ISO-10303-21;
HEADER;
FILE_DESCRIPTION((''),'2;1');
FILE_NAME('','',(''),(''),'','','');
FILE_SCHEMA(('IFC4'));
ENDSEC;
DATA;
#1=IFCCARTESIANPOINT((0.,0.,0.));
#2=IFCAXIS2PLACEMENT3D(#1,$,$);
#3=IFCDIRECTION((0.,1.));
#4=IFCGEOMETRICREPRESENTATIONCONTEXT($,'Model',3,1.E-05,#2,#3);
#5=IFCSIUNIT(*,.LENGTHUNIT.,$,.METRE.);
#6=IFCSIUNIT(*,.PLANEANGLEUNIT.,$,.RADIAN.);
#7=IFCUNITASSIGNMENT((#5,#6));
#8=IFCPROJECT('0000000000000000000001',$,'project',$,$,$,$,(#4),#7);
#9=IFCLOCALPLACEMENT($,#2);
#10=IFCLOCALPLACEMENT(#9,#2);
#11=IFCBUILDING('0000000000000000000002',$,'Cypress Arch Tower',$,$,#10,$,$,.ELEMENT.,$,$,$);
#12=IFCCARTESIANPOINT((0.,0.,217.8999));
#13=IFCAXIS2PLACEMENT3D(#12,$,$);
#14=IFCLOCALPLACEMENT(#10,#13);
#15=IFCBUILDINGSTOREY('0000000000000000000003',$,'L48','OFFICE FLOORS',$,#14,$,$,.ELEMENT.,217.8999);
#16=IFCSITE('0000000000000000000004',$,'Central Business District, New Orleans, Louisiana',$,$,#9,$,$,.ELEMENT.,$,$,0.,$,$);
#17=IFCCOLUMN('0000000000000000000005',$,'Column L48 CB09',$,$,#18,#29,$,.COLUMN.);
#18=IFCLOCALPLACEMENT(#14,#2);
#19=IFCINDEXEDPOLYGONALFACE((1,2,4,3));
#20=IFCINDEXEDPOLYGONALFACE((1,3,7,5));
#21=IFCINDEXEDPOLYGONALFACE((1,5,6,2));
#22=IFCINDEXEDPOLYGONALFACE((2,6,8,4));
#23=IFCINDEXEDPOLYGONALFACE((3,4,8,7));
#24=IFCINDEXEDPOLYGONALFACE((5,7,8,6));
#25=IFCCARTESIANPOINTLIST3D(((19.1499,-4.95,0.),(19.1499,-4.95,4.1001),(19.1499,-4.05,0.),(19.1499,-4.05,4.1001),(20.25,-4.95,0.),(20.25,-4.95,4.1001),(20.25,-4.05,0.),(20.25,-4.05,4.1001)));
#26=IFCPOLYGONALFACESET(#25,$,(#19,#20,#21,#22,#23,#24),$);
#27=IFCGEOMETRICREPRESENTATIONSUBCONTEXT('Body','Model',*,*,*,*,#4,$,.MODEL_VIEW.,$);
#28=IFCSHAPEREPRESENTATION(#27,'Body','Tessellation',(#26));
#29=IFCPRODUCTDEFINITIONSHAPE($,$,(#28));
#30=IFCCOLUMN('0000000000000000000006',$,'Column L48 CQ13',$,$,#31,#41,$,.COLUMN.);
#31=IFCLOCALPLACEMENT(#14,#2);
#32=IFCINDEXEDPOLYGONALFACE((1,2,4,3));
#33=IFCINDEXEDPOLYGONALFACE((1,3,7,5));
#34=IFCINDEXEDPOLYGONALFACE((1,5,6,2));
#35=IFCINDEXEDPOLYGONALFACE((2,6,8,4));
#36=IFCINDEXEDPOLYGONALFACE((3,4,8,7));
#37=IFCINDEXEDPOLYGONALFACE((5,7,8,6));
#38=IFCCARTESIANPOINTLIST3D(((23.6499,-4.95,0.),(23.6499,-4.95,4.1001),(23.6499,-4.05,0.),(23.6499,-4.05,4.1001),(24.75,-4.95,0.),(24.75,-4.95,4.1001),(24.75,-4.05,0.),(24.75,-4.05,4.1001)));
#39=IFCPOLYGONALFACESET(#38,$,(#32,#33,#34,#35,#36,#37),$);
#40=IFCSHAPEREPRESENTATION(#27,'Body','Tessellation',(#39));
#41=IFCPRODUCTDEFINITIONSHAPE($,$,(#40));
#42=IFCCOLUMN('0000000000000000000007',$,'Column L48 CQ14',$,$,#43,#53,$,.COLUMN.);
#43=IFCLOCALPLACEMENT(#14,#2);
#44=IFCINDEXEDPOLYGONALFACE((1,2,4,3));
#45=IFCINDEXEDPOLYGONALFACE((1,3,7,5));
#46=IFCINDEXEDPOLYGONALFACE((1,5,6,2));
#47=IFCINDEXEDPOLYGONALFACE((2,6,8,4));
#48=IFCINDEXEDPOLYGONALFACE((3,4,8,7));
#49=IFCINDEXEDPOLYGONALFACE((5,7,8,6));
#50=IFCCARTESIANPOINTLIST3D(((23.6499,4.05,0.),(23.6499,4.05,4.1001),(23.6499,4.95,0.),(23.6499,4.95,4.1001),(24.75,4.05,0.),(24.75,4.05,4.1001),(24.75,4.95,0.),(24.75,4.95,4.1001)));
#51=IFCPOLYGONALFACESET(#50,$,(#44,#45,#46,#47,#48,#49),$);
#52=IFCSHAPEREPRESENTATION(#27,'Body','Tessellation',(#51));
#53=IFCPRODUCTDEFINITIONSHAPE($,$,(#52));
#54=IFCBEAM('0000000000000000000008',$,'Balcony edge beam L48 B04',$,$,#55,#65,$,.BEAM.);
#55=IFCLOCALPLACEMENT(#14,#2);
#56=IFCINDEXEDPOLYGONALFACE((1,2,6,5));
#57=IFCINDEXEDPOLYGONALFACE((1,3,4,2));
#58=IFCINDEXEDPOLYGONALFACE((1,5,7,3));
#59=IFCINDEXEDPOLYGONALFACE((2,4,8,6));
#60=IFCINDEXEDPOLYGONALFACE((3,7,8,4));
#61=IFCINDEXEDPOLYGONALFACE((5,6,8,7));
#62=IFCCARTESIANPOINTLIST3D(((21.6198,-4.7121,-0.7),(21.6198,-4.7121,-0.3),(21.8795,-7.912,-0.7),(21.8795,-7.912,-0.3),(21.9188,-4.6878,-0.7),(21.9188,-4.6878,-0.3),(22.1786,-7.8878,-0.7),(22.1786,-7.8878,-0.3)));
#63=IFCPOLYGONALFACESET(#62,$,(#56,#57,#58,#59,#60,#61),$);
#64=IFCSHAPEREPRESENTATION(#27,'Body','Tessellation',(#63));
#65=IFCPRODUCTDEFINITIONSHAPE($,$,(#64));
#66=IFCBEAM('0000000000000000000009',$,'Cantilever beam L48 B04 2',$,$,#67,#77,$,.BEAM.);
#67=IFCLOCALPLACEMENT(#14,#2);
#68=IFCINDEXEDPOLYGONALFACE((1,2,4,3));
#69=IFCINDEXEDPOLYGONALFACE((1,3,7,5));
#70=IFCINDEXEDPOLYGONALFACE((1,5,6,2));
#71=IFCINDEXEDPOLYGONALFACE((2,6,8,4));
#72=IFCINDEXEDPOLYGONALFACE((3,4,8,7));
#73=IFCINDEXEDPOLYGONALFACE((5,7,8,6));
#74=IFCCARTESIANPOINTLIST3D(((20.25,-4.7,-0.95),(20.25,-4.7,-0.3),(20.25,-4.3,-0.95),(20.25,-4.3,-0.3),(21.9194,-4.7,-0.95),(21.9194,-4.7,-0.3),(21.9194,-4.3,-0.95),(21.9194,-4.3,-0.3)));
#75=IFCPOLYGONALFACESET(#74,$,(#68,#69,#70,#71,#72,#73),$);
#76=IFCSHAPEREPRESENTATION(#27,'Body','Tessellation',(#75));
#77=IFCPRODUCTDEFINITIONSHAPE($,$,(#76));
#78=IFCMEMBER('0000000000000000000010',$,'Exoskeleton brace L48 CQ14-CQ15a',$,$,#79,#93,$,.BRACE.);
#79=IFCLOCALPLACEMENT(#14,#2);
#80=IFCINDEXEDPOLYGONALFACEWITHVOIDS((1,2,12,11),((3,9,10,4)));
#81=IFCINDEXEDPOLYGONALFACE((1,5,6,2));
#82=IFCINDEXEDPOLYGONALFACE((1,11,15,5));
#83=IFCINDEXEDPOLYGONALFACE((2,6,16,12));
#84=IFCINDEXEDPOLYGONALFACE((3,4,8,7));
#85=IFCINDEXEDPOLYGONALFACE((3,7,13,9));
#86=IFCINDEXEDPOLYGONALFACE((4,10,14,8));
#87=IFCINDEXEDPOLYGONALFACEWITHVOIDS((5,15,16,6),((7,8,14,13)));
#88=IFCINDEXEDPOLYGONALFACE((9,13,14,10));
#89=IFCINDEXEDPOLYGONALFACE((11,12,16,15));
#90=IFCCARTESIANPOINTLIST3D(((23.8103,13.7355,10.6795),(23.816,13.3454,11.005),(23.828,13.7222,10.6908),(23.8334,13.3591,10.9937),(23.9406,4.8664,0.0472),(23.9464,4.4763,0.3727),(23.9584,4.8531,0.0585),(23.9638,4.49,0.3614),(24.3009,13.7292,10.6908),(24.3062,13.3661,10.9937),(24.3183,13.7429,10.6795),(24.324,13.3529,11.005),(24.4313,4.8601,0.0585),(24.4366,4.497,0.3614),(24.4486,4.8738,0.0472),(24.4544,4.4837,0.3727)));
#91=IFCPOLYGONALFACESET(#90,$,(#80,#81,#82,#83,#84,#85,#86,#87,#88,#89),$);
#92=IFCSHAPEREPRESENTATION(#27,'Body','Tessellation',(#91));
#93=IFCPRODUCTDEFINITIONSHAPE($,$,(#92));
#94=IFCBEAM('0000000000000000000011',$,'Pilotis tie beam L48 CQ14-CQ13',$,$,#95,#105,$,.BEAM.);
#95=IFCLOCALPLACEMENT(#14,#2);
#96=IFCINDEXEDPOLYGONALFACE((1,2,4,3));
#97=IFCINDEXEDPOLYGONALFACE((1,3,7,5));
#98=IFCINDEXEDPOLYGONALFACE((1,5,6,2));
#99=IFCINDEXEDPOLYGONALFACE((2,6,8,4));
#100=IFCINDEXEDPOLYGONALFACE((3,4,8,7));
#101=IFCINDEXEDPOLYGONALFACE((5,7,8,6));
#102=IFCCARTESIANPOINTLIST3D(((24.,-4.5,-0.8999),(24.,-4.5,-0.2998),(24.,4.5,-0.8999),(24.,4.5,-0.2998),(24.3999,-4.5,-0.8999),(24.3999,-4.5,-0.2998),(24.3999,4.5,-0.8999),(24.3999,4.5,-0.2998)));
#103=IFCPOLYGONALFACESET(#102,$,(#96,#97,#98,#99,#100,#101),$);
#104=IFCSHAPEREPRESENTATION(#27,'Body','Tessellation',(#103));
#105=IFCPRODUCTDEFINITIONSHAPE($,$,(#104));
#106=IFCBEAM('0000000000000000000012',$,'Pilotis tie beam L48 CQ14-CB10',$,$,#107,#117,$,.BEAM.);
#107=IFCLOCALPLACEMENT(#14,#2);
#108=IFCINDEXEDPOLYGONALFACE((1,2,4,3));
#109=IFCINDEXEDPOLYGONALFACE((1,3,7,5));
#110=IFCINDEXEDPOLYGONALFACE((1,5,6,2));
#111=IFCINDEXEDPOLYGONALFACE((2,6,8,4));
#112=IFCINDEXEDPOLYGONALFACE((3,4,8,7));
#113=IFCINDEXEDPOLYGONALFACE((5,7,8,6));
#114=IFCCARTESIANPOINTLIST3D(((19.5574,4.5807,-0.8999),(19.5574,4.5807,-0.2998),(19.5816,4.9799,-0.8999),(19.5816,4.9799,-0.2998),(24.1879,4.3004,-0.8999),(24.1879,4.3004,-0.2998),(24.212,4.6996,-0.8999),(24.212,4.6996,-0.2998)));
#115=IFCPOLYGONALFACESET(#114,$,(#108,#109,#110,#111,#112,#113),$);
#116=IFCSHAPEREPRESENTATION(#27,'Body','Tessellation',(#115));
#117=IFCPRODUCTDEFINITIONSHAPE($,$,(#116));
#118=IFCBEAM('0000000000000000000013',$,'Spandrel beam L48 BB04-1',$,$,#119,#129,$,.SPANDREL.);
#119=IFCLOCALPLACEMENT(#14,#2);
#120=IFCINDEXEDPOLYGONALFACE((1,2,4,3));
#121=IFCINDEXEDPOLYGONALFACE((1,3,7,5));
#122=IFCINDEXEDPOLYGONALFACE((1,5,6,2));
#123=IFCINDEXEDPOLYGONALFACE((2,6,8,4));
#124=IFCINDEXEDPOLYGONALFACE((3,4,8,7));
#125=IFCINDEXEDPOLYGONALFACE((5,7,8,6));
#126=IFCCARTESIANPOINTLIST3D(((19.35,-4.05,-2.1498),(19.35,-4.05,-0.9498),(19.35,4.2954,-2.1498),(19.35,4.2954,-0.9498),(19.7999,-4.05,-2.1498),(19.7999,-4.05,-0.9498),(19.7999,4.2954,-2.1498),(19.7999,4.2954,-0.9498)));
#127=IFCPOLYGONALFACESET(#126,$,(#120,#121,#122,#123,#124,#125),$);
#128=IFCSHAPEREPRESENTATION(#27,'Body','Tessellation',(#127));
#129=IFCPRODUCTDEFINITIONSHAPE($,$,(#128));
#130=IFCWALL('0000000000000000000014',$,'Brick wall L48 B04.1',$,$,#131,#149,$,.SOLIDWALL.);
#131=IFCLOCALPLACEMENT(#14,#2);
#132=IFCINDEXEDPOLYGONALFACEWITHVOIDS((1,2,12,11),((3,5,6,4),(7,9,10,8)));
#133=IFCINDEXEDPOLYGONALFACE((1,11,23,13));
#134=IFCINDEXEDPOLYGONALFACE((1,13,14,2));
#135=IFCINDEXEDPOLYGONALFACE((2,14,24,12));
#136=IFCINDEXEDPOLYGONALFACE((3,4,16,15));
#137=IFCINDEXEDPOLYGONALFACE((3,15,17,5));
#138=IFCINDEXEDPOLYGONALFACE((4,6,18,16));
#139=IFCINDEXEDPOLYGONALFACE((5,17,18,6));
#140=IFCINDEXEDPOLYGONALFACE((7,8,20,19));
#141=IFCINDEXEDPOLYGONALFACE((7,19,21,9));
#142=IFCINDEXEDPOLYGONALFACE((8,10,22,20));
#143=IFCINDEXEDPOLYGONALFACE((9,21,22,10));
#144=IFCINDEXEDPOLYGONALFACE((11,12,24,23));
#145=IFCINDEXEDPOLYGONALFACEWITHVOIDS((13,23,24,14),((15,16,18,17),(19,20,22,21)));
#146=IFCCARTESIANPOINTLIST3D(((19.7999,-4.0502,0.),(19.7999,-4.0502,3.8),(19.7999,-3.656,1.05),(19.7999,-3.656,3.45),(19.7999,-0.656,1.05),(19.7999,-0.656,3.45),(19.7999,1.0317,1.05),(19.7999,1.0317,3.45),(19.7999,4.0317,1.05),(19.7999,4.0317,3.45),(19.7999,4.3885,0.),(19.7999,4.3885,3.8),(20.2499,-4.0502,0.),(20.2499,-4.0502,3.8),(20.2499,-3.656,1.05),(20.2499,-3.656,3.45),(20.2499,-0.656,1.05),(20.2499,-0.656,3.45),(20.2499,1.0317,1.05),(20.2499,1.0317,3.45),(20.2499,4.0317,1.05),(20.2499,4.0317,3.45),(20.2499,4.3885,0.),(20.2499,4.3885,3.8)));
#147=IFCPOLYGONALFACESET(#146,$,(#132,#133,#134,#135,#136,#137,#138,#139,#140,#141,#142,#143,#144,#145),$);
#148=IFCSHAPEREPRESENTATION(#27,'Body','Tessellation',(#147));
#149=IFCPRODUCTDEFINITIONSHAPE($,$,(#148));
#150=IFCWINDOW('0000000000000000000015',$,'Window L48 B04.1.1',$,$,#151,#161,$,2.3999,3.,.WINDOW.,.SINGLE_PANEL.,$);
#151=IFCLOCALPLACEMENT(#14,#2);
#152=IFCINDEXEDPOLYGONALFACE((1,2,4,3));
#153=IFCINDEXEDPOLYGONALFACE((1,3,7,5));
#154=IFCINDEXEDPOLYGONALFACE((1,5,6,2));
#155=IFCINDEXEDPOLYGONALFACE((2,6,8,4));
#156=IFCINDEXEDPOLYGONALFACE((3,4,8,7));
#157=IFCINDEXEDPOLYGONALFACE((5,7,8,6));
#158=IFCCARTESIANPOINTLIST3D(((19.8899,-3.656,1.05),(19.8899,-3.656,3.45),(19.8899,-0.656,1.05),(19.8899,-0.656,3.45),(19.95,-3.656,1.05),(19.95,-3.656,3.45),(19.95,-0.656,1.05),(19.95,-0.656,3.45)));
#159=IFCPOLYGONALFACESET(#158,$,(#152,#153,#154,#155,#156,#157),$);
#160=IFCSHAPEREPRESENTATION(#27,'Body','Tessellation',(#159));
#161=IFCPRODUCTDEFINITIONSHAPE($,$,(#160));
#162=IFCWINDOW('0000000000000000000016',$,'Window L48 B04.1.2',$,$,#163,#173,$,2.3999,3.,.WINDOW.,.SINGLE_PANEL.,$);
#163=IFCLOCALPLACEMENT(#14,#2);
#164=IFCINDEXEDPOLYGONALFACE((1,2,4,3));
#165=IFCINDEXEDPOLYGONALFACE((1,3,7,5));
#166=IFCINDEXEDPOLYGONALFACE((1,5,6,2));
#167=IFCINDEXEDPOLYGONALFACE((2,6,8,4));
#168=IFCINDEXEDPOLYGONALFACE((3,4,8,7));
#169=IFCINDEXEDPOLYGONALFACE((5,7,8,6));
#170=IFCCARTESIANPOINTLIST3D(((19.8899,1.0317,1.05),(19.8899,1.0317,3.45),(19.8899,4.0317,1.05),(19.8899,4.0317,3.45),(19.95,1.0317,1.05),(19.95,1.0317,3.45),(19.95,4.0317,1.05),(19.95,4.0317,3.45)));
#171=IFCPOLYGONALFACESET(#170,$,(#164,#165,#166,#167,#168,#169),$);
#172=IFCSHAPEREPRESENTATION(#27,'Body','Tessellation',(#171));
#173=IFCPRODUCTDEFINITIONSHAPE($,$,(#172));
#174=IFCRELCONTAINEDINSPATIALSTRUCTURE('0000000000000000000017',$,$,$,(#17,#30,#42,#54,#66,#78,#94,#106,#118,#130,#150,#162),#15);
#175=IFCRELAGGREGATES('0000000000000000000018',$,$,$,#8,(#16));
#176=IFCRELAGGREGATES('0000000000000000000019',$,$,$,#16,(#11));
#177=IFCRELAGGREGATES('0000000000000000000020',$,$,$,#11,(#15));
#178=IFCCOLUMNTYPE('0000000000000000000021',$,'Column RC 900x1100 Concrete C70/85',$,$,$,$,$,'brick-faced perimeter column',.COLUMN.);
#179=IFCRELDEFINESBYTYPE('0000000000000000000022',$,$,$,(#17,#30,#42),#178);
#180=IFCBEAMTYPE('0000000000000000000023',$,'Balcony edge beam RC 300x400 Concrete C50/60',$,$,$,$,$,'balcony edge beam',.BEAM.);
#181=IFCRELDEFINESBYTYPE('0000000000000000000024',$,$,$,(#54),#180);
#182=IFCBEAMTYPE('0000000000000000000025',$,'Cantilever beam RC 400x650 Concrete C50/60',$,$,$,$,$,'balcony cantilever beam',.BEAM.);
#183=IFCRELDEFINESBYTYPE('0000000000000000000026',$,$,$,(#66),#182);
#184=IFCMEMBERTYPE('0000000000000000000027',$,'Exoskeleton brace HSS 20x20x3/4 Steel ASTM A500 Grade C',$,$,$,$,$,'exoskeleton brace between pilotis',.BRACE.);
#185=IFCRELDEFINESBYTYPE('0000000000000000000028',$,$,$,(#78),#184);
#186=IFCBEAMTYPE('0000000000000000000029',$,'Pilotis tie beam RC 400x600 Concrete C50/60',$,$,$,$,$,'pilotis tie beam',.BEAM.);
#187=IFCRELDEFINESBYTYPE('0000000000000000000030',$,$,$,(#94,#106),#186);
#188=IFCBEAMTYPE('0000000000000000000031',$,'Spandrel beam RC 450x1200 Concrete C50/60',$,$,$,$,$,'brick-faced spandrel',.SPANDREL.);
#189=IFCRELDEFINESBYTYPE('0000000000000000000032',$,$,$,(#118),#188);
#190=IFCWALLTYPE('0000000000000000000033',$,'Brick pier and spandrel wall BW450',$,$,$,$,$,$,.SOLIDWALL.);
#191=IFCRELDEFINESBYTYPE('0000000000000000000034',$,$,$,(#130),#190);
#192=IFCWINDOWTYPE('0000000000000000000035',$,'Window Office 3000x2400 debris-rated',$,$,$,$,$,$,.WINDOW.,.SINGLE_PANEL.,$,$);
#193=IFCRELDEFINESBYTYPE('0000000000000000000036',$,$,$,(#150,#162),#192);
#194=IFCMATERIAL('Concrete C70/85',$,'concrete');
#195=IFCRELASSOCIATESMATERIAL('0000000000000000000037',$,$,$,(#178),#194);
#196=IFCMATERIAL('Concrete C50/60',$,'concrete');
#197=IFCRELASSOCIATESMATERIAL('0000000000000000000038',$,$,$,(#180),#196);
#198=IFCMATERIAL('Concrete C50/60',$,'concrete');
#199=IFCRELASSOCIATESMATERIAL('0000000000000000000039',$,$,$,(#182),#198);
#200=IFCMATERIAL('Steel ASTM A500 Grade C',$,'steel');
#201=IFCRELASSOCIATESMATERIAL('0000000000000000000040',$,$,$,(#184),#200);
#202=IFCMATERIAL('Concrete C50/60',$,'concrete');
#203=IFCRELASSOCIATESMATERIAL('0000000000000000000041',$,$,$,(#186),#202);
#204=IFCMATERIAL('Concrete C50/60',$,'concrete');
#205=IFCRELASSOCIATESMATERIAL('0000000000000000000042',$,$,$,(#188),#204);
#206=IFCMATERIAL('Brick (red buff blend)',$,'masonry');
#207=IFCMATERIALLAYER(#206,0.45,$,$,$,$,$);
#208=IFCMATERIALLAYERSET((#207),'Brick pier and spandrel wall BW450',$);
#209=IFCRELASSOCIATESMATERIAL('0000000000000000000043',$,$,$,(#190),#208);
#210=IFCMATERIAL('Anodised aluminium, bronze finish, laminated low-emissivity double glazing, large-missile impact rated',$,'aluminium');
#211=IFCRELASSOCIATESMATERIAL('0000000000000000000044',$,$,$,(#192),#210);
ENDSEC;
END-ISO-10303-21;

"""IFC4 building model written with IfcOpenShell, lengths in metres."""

from ifc_helpers import new_model, si_unit, direction, frame, frame_2d, origin, origin_2d, place, context, subcontext, project, spatial, rectangle, hollow_rectangle, extrude, material, layer, layer_set, material_profile, profile_set, type_object, element, fill, save


model = new_model("IFC4")

# Units and contexts
model_context = context("Model", 3, precision=1e-05, world=origin(), true_north=direction((0.0, 1.0)))
body_context = subcontext(model_context, "Body", "Model", "MODEL_VIEW")
ifc_project = project(units=[si_unit("LENGTHUNIT", "METRE"), si_unit("PLANEANGLEUNIT", "RADIAN")], contexts=[model_context])

# Site, building, storey
site_placement = place(None, origin())
site = spatial("IfcSite", under=ifc_project, at=site_placement, Name="Central Business District, New Orleans, Louisiana", CompositionType="ELEMENT", RefElevation=0.0)
building_placement = place(site_placement, origin())
building = spatial("IfcBuilding", under=site, at=building_placement, Name="Cypress Arch Tower", CompositionType="ELEMENT")
storey_placement = place(building_placement, frame((0.0, 0.0, 217.8999)))
storey = spatial("IfcBuildingStorey", under=building, at=storey_placement, Name="L48", Description="OFFICE FLOORS", CompositionType="ELEMENT", Elevation=217.8999)

# Columns
ifc_material_1 = material(Name="Concrete C70/85", Category="concrete")
ifc_material_profile_1 = material_profile(ifc_material_1, rectangle(XDim=0.8999, YDim=1.1001, at=origin_2d()), Name="RC 900x1100")
ifc_profile_set_1 = profile_set([ifc_material_profile_1], Name="Concrete C70/85")
column_type = type_object("IfcColumnType", Name="Column RC 900x1100 Concrete C70/85", ElementType="brick-faced perimeter column", PredefinedType="COLUMN", material=ifc_profile_set_1)
for number, where, z_axis, x_axis, name in (
    (1, (19.7, -4.5, 0.0), (0.0, 0.0, 1.0), (0.0, 1.0, 0.0), "Column L48 CB09"),
    (2, (24.2, -4.5, 0.0), (0.0, 0.0, 1.0), (0.0, 1.0, 0.0), "Column L48 CQ13"),
    (3, (24.2, 4.5, 0.0), (0.0, 0.0, 1.0), (0.0, 1.0, 0.0), "Column L48 CQ14"),
):
    element("IfcColumn", number, at=place(storey_placement, frame(where, z_axis=z_axis, x_axis=x_axis)), inside=storey, type_object=column_type, Name=name, PredefinedType="COLUMN", context=body_context, shape_type="SweptSolid", body=[
        extrude(rectangle(XDim=0.8999, YDim=1.1001, at=origin_2d()), origin(), (0.0, 0.0, 1.0), 4.1001),
    ])

# Beams
ifc_material_2 = material(Name="Concrete C50/60", Category="concrete")
ifc_material_profile_2 = material_profile(ifc_material_2, rectangle(XDim=0.3, YDim=0.3999, at=origin_2d()), Name="RC 300x400")
ifc_profile_set_2 = profile_set([ifc_material_profile_2], Name="Concrete C50/60")
beam_type_1 = type_object("IfcBeamType", Name="Balcony edge beam RC 300x400 Concrete C50/60", ElementType="balcony edge beam", PredefinedType="BEAM", material=ifc_profile_set_2)
beam_1_placement = place(storey_placement, frame((22.0291, -7.8999, -0.5), z_axis=(-0.080912, 0.996721, 0.0), x_axis=(-0.996721, -0.080912, 0.0)))
element("IfcBeam", 4, at=beam_1_placement, inside=storey, type_object=beam_type_1, Name="Balcony edge beam L48 B04", PredefinedType="BEAM", context=body_context, shape_type="SweptSolid", body=[
    extrude(rectangle(XDim=0.3, YDim=0.3999, at=origin_2d()), origin(), (0.0, 0.0, 1.0), 3.2104),
])
ifc_material_3 = material(Name="Concrete C50/60", Category="concrete")
ifc_material_profile_3 = material_profile(ifc_material_3, rectangle(XDim=0.3999, YDim=0.6499, at=origin_2d()), Name="RC 400x650")
ifc_profile_set_3 = profile_set([ifc_material_profile_3], Name="Concrete C50/60")
beam_type_2 = type_object("IfcBeamType", Name="Cantilever beam RC 400x650 Concrete C50/60", ElementType="balcony cantilever beam", PredefinedType="BEAM", material=ifc_profile_set_3)
beam_2_placement = place(storey_placement, frame((20.25, -4.5, -0.625), z_axis=(1.0, 0.0, 0.0), x_axis=(0.0, 1.0, 0.0)))
element("IfcBeam", 5, at=beam_2_placement, inside=storey, type_object=beam_type_2, Name="Cantilever beam L48 B04 2", PredefinedType="BEAM", context=body_context, shape_type="SweptSolid", body=[
    extrude(rectangle(XDim=0.3999, YDim=0.6499, at=origin_2d()), origin(), (0.0, 0.0, 1.0), 1.6694),
])

# Member
ifc_material_4 = material(Name="Steel ASTM A500 Grade C", Category="steel")
ifc_material_profile_4 = material_profile(ifc_material_4, hollow_rectangle(XDim=0.5081, YDim=0.5081, WallThickness=0.0176, at=origin_2d()), Name="HSS 20x20x3/4")
ifc_profile_set_4 = profile_set([ifc_material_profile_4], Name="Steel ASTM A500 Grade C")
member_type = type_object("IfcMemberType", Name="Exoskeleton brace HSS 20x20x3/4 Steel ASTM A500 Grade C", ElementType="exoskeleton brace between pilotis", PredefinedType="BRACE", material=ifc_profile_set_4)
member_placement = place(storey_placement, frame((24.1975, 4.675, 0.21), z_axis=(-0.009415, 0.640534, 0.767872), x_axis=(-0.999892, -0.014698, 0.0)))
element("IfcMember", 6, at=member_placement, inside=storey, type_object=member_type, Name="Exoskeleton brace L48 CQ14-CQ15a", PredefinedType="BRACE", context=body_context, shape_type="SweptSolid", body=[
    extrude(hollow_rectangle(XDim=0.5081, YDim=0.5081, WallThickness=0.0176, at=origin_2d()), origin(), (0.0, 0.0, 1.0), 13.8464),
])

# Beams
ifc_material_5 = material(Name="Concrete C50/60", Category="concrete")
ifc_material_profile_5 = material_profile(ifc_material_5, rectangle(XDim=0.3999, YDim=0.6001, at=origin_2d()), Name="RC 400x600")
ifc_profile_set_5 = profile_set([ifc_material_profile_5], Name="Concrete C50/60")
beam_type_3 = type_object("IfcBeamType", Name="Pilotis tie beam RC 400x600 Concrete C50/60", ElementType="pilotis tie beam", PredefinedType="BEAM", material=ifc_profile_set_5)
beam_3_placement = place(storey_placement, frame((24.2, 4.5, -0.5999), z_axis=(0.0, -1.0, 0.0), x_axis=(1.0, 0.0, 0.0)))
element("IfcBeam", 7, at=beam_3_placement, inside=storey, type_object=beam_type_3, Name="Pilotis tie beam L48 CQ14-CQ13", PredefinedType="BEAM", context=body_context, shape_type="SweptSolid", body=[
    extrude(rectangle(XDim=0.3999, YDim=0.6001, at=origin_2d()), origin(), (0.0, 0.0, 1.0), 9.0),
])
beam_4_placement = place(storey_placement, frame((24.2, 4.5, -0.5999), z_axis=(-0.998173, 0.060419, 0.0), x_axis=(-0.060419, -0.998173, 0.0)))
element("IfcBeam", 8, at=beam_4_placement, inside=storey, type_object=beam_type_3, Name="Pilotis tie beam L48 CQ14-CB10", PredefinedType="BEAM", context=body_context, shape_type="SweptSolid", body=[
    extrude(rectangle(XDim=0.3999, YDim=0.6001, at=origin_2d()), origin(), (0.0, 0.0, 1.0), 4.6389),
])
ifc_material_6 = material(Name="Concrete C50/60", Category="concrete")
ifc_material_profile_6 = material_profile(ifc_material_6, rectangle(XDim=0.45, YDim=1.2, at=origin_2d()), Name="RC 450x1200")
ifc_profile_set_6 = profile_set([ifc_material_profile_6], Name="Concrete C50/60")
beam_type_4 = type_object("IfcBeamType", Name="Spandrel beam RC 450x1200 Concrete C50/60", ElementType="brick-faced spandrel", PredefinedType="SPANDREL", material=ifc_profile_set_6)
beam_5_placement = place(storey_placement, frame((19.575, -4.05, -1.5498), z_axis=(0.0, 1.0, 0.0), x_axis=(-1.0, 0.0, 0.0)))
element("IfcBeam", 9, at=beam_5_placement, inside=storey, type_object=beam_type_4, Name="Spandrel beam L48 BB04-1", PredefinedType="SPANDREL", context=body_context, shape_type="SweptSolid", body=[
    extrude(rectangle(XDim=0.45, YDim=1.2, at=origin_2d()), origin(), (0.0, 0.0, 1.0), 8.3455),
])

# Wall, openings, windows
ifc_material_7 = material(Name="Brick (red buff blend)", Category="masonry")
ifc_layer_1 = layer(ifc_material_7, 0.45)
ifc_layer_set_1 = layer_set([ifc_layer_1], Name="Brick pier and spandrel wall BW450")
wall_type_1 = type_object("IfcWallType", Name="Brick pier and spandrel wall BW450", PredefinedType="SOLIDWALL", material=ifc_layer_set_1)
wall_1_placement = place(storey_placement, frame((20.0249, -4.05, 0.0), z_axis=(0.0, 0.0, 1.0), x_axis=(0.0, 1.0, 0.0)))
wall_1 = element("IfcWall", 10, at=wall_1_placement, inside=storey, type_object=wall_type_1, Name="Brick wall L48 B04.1", PredefinedType="SOLIDWALL", context=body_context, shape_type="SweptSolid", body=[
    extrude(rectangle(XDim=8.4387, YDim=0.45, at=frame_2d((4.2192, 0.0))), origin(), (0.0, 0.0, 1.0), 3.8),
])
opening_1_placement = place(wall_1_placement, frame((0.394, 0.0, 1.05)))
opening_1 = element("IfcOpeningElement", 11, at=opening_1_placement, cuts=wall_1, PredefinedType="OPENING", context=body_context, shape_type="SweptSolid", body=[
    extrude(rectangle(XDim=3.0, YDim=2.3999, at=frame_2d((1.5, 1.2))), frame((0.0, 0.2349, 0.0), z_axis=(0.0, -1.0, 0.0), x_axis=(1.0, 0.0, 0.0)), (0.0, 0.0, 1.0), 0.47),
])
opening_2_placement = place(wall_1_placement, frame((5.0818, 0.0, 1.05)))
opening_2 = element("IfcOpeningElement", 12, at=opening_2_placement, cuts=wall_1, PredefinedType="OPENING", context=body_context, shape_type="SweptSolid", body=[
    extrude(rectangle(XDim=3.0, YDim=2.3999, at=frame_2d((1.5, 1.2))), frame((0.0, 0.2349, 0.0), z_axis=(0.0, -1.0, 0.0), x_axis=(1.0, 0.0, 0.0)), (0.0, 0.0, 1.0), 0.47),
])
ifc_material_8 = material(Name="Anodised aluminium, bronze finish, laminated low-emissivity double glazing, large-missile impact rated", Category="aluminium")
window_type = type_object("IfcWindowType", Name="Window Office 3000x2400 debris-rated", PartitioningType="SINGLE_PANEL", PredefinedType="WINDOW", material=ifc_material_8)
window_1_placement = place(opening_1_placement, origin())
window_1 = element("IfcWindow", 13, at=window_1_placement, inside=storey, type_object=window_type, Name="Window L48 B04.1.1", OverallHeight=2.3999, OverallWidth=3.0, PartitioningType="SINGLE_PANEL", PredefinedType="WINDOW", context=body_context, shape_type="SweptSolid", body=[
    extrude(rectangle(XDim=3.0, YDim=2.3999, at=frame_2d((1.5, 1.2))), frame((0.0, 0.135, 0.0), z_axis=(0.0, -1.0, 0.0), x_axis=(1.0, 0.0, 0.0)), (0.0, 0.0, 1.0), 0.0601),
])
fill(opening_1, window_1)
window_2_placement = place(opening_2_placement, origin())
window_2 = element("IfcWindow", 14, at=window_2_placement, inside=storey, type_object=window_type, Name="Window L48 B04.1.2", OverallHeight=2.3999, OverallWidth=3.0, PartitioningType="SINGLE_PANEL", PredefinedType="WINDOW", context=body_context, shape_type="SweptSolid", body=[
    extrude(rectangle(XDim=3.0, YDim=2.3999, at=frame_2d((1.5, 1.2))), frame((0.0, 0.135, 0.0), z_axis=(0.0, -1.0, 0.0), x_axis=(1.0, 0.0, 0.0)), (0.0, 0.0, 1.0), 0.0601),
])
fill(opening_2, window_2)

save(model, "model.ifc")
